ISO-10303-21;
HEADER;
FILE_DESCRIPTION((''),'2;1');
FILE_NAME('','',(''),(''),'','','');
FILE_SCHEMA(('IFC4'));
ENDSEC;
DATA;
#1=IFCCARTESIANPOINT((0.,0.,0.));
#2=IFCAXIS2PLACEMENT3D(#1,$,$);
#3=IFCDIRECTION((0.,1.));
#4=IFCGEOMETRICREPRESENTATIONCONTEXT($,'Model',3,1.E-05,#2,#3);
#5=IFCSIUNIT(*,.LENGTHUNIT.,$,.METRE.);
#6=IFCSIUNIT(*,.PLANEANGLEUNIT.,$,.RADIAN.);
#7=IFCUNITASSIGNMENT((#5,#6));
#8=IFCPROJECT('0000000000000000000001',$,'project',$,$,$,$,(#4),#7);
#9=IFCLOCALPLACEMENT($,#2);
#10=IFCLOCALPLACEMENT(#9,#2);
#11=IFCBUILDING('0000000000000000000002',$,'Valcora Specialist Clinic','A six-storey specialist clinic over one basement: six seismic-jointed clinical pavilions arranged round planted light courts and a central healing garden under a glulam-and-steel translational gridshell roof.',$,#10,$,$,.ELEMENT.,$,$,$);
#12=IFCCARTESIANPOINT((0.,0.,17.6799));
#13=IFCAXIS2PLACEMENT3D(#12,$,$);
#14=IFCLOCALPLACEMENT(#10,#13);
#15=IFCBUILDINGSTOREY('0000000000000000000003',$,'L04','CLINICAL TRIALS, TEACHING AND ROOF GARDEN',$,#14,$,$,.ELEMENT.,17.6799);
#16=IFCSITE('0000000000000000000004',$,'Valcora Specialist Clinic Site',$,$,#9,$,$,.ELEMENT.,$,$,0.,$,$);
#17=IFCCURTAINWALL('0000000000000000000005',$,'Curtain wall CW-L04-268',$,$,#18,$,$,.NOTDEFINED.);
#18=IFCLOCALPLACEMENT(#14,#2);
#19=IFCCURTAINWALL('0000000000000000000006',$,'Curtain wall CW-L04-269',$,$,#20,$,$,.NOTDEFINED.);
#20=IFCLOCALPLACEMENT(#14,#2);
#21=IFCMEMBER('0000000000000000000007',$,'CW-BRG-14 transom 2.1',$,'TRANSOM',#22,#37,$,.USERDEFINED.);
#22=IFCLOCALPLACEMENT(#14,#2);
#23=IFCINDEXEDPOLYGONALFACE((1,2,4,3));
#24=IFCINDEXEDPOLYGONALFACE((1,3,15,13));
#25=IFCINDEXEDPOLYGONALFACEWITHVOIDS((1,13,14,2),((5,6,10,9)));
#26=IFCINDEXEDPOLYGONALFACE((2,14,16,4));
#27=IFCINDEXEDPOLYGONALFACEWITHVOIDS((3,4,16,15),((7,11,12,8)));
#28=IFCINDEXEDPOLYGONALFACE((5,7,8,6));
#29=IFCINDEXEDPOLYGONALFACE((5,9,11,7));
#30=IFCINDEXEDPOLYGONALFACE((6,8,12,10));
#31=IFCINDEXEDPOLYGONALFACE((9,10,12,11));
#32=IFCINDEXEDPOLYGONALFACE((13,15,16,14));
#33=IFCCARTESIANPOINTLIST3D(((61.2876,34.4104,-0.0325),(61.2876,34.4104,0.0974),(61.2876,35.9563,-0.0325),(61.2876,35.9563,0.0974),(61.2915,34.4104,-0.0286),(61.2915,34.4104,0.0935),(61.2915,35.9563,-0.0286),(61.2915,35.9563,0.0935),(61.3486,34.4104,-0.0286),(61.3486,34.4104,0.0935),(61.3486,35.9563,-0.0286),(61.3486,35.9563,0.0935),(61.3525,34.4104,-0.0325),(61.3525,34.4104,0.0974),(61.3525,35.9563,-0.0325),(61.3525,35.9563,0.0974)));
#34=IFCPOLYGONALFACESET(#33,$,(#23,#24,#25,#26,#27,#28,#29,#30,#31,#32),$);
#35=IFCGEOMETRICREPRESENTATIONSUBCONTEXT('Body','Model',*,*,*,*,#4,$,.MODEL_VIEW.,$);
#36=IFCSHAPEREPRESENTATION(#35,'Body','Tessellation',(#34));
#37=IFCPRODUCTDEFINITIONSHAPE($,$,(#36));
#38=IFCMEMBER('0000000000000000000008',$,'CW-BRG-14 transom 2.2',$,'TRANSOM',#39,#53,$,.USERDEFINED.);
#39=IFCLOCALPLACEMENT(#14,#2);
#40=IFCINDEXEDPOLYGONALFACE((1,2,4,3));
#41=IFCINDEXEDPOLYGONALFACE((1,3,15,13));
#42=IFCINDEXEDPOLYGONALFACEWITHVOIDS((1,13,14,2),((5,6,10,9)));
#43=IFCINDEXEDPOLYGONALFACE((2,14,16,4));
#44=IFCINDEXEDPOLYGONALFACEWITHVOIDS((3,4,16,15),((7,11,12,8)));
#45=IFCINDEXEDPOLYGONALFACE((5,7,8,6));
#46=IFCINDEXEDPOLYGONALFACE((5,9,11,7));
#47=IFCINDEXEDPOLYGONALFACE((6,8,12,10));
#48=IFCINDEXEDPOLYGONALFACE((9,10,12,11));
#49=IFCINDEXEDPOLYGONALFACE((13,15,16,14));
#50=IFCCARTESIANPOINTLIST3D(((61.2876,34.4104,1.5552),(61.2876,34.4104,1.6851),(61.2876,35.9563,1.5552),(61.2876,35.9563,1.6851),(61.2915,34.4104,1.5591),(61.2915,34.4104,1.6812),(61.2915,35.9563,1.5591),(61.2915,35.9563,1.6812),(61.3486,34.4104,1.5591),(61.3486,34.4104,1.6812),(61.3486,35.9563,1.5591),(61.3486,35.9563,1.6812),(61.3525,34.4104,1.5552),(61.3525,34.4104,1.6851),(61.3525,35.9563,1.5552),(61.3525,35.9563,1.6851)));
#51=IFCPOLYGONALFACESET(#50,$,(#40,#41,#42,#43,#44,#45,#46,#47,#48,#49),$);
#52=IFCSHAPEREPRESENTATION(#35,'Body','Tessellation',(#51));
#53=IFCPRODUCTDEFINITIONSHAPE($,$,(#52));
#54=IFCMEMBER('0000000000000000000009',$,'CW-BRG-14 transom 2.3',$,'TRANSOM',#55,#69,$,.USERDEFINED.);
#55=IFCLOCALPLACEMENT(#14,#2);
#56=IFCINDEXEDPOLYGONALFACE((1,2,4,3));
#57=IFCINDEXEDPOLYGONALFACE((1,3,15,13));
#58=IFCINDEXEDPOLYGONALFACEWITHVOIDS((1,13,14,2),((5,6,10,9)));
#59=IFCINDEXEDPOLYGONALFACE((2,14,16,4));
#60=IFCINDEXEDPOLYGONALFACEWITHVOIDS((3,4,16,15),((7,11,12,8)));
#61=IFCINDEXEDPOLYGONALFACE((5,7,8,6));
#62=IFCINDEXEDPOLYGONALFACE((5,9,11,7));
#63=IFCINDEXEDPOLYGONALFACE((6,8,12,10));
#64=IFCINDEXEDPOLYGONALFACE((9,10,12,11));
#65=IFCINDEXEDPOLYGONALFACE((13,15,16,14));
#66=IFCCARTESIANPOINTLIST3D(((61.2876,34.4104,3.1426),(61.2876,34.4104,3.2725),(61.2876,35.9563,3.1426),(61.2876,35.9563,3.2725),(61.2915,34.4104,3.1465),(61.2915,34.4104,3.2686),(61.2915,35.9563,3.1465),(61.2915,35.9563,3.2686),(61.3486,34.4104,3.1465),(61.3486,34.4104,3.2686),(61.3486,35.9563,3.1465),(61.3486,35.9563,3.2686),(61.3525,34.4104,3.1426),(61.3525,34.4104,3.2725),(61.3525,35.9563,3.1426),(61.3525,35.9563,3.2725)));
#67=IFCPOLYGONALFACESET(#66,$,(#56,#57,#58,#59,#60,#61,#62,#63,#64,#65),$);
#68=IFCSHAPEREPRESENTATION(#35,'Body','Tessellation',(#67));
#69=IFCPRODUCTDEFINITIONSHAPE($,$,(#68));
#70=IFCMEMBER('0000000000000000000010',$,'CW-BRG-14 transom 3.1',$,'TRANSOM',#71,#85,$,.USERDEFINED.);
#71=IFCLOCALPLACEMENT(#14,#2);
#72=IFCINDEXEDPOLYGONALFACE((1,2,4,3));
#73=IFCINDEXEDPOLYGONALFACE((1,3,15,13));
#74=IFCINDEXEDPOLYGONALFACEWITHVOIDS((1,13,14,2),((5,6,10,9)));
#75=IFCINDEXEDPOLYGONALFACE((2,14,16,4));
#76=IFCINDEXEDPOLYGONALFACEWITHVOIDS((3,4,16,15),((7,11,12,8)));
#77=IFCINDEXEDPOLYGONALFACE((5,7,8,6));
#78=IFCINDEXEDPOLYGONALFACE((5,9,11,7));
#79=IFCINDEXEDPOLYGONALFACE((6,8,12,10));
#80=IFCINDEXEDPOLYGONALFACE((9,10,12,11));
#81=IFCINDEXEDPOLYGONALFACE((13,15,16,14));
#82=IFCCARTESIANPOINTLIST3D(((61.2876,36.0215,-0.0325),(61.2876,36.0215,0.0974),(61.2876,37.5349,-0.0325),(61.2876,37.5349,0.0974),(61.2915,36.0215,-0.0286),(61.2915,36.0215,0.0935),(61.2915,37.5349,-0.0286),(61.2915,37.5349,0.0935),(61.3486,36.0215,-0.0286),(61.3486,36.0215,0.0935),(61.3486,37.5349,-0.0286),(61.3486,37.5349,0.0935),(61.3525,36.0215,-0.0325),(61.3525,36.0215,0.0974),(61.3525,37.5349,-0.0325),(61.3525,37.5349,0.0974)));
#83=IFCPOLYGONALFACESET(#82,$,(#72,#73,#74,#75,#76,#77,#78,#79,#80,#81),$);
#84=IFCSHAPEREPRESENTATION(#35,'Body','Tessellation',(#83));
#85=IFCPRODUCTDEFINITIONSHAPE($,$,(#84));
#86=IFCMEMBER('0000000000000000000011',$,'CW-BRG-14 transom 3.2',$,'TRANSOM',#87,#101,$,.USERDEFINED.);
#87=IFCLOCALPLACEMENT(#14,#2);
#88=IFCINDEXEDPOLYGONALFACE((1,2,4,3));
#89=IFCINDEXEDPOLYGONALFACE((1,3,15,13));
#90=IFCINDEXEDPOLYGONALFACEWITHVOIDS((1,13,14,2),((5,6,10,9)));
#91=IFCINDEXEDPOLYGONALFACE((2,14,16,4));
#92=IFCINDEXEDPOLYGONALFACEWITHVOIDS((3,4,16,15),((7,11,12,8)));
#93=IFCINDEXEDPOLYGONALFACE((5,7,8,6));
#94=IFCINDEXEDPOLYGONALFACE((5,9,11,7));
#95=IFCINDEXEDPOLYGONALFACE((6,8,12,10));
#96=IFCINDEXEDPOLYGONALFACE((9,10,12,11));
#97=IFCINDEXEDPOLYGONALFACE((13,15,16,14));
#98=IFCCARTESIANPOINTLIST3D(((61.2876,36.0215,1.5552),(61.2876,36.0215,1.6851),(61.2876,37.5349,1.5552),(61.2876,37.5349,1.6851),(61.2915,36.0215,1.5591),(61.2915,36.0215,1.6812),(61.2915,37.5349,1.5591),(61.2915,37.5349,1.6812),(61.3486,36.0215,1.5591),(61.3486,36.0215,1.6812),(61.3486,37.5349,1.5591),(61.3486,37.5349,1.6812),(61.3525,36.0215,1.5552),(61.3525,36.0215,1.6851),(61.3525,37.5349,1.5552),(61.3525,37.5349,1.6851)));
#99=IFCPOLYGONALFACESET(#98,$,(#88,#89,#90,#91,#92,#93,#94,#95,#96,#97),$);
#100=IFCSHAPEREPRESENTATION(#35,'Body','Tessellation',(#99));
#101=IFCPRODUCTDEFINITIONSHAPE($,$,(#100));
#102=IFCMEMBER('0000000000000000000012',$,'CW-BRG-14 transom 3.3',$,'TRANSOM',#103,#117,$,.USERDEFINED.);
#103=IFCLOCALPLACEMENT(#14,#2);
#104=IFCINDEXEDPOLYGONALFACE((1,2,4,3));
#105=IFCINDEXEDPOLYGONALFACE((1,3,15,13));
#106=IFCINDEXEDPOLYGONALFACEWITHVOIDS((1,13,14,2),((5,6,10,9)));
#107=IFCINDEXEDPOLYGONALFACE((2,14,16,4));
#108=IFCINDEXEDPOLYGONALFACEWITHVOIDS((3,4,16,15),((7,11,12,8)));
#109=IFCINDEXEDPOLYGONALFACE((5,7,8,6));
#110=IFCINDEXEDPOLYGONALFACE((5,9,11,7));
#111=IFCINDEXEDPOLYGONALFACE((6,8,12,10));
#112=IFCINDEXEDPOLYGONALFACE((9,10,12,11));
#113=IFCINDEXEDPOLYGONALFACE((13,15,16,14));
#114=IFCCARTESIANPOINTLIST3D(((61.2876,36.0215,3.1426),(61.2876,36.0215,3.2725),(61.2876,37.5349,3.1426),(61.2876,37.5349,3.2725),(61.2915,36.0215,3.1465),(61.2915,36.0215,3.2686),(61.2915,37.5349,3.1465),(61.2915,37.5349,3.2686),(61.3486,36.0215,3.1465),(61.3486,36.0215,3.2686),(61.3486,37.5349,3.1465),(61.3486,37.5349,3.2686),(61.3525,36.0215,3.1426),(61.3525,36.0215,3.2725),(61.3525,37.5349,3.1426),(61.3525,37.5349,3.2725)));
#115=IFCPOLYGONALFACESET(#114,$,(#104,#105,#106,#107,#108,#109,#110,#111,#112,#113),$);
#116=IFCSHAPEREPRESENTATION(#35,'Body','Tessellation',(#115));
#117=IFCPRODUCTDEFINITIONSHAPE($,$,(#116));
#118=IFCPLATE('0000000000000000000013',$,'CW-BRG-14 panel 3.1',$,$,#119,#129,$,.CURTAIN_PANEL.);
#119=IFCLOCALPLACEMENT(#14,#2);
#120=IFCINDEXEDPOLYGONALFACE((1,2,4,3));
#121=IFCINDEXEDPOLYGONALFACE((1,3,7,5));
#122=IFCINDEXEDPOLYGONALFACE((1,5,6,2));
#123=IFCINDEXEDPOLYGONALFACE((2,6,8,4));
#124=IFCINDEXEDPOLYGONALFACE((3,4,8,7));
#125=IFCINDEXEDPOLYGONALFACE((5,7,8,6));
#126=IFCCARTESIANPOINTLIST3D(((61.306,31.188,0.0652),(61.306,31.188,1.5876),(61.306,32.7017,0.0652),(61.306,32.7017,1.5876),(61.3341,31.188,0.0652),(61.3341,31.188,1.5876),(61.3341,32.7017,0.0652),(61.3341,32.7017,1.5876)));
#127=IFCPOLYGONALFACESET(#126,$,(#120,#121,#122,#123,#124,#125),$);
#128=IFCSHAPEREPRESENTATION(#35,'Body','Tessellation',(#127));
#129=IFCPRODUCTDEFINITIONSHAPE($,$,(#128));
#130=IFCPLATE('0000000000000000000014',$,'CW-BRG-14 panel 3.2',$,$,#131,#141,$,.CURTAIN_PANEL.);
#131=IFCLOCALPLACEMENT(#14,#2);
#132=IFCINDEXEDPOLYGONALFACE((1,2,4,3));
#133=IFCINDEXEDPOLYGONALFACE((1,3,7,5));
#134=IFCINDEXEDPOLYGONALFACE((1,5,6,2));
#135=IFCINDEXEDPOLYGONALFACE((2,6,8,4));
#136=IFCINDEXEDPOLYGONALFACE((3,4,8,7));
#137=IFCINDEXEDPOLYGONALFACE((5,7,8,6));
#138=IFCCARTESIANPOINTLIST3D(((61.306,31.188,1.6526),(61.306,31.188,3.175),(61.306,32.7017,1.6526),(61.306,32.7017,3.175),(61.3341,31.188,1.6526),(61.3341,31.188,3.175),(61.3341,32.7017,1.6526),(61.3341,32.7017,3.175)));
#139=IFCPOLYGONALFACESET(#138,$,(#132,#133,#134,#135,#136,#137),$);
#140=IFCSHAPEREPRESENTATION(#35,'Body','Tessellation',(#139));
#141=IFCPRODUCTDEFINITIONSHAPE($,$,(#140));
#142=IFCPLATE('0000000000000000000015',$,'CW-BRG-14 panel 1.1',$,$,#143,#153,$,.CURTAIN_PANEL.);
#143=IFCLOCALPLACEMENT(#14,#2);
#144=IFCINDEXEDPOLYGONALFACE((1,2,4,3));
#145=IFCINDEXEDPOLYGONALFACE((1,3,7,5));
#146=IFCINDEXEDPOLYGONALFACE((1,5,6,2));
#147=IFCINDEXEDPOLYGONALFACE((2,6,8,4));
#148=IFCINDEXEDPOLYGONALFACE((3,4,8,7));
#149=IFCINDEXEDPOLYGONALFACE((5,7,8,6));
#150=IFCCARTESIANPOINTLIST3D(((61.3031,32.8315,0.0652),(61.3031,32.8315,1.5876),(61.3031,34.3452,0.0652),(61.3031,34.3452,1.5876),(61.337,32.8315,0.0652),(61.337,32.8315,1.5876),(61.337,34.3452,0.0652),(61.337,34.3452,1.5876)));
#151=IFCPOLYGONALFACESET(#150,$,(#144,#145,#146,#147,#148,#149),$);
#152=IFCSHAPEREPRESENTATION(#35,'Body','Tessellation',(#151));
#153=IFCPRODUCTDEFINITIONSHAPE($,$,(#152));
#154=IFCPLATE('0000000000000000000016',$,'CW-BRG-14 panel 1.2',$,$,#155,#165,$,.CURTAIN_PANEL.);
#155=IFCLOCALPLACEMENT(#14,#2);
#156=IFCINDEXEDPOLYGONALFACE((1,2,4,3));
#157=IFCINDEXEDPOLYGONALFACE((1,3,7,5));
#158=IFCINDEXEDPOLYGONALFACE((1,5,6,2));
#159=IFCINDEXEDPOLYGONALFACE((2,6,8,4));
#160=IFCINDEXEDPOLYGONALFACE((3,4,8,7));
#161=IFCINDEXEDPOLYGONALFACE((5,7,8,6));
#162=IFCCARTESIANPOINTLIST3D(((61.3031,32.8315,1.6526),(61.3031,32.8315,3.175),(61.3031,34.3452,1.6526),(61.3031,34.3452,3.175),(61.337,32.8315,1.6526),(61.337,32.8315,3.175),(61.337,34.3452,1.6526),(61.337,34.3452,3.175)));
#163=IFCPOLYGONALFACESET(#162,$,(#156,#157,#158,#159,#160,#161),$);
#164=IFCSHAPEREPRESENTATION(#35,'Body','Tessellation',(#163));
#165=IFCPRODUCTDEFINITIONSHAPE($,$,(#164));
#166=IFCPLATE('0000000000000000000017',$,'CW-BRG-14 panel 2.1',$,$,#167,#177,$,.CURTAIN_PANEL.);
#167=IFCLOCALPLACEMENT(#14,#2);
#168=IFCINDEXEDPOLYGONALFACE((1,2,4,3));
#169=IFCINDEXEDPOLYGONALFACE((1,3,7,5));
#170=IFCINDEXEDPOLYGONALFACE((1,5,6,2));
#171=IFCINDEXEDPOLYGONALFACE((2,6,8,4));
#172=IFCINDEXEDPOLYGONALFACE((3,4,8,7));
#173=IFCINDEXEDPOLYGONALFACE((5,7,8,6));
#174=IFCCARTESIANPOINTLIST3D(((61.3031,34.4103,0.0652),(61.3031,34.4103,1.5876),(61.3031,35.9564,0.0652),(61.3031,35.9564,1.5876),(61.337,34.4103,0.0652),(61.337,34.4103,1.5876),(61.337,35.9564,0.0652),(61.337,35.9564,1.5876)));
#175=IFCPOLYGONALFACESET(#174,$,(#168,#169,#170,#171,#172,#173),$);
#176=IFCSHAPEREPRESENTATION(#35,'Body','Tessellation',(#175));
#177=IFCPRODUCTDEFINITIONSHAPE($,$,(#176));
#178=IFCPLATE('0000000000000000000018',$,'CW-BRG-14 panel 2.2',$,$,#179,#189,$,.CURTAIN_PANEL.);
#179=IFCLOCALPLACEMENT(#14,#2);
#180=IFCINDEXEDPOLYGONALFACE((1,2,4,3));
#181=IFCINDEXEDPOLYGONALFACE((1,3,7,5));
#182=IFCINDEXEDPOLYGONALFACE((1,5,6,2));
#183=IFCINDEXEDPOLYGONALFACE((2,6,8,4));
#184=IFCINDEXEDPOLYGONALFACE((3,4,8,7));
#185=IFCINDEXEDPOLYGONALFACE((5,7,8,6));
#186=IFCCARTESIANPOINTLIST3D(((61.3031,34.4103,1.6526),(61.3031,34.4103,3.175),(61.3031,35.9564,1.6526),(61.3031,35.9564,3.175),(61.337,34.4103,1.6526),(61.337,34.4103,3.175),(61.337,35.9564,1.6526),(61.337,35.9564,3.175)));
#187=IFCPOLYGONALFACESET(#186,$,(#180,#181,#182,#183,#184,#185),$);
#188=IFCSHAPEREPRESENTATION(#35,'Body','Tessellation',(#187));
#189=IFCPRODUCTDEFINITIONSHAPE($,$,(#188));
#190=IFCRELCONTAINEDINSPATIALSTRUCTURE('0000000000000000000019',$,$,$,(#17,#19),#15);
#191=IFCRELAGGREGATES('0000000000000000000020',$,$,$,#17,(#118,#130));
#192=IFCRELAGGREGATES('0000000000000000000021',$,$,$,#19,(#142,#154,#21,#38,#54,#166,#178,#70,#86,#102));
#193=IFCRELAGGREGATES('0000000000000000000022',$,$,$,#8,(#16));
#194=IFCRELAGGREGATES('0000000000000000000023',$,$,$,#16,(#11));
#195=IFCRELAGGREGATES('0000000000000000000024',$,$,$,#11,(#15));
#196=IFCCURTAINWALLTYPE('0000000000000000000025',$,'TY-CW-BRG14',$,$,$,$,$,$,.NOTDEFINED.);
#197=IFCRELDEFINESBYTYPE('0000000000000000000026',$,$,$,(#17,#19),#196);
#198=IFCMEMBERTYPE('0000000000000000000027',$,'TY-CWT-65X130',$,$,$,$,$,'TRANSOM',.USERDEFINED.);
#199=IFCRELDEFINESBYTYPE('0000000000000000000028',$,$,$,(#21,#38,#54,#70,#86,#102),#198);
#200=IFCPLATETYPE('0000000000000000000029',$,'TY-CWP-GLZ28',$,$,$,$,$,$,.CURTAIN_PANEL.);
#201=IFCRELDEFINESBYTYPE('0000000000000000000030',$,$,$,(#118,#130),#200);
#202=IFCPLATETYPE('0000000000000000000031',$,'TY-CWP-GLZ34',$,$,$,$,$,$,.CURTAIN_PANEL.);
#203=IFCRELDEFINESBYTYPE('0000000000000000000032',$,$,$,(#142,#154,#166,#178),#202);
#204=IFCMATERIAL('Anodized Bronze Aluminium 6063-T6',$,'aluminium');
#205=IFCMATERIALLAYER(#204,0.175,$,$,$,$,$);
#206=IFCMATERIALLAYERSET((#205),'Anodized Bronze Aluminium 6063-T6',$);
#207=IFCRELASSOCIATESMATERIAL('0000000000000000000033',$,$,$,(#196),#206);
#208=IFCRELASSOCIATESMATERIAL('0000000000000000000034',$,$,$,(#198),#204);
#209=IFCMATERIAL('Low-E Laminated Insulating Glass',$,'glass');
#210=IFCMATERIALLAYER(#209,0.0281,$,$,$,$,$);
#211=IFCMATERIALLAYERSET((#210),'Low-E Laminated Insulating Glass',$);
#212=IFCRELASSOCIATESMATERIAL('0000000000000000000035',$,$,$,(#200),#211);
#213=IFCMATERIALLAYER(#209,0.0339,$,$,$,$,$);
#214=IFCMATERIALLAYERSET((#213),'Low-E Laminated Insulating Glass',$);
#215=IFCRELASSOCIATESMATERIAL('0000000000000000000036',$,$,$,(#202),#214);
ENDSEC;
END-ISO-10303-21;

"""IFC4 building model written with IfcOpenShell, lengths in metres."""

from ifc_helpers import new_model, si_unit, direction, frame, origin, origin_2d, place, context, subcontext, project, spatial, rectangle, hollow_rectangle, extrude, material, layer, layer_set, material_profile, profile_set, type_object, element, aggregate, save


model = new_model("IFC4")

# Units and contexts
model_context = context("Model", 3, precision=1e-05, world=origin(), true_north=direction((0.0, 1.0)))
body_context = subcontext(model_context, "Body", "Model", "MODEL_VIEW")
ifc_project = project(units=[si_unit("LENGTHUNIT", "METRE"), si_unit("PLANEANGLEUNIT", "RADIAN")], contexts=[model_context])

# Site, building, storey
site_placement = place(None, origin())
site = spatial("IfcSite", under=ifc_project, at=site_placement, Name="Valcora Specialist Clinic Site", CompositionType="ELEMENT", RefElevation=0.0)
building_placement = place(site_placement, origin())
building = spatial("IfcBuilding", under=site, at=building_placement, Name="Valcora Specialist Clinic", Description="A six-storey specialist clinic over one basement: six seismic-jointed clinical pavilions arranged round planted light courts and a central healing garden under a glulam-and-steel translational gridshell roof.", CompositionType="ELEMENT")
storey_placement = place(building_placement, frame((0.0, 0.0, 17.6799)))
storey = spatial("IfcBuildingStorey", under=building, at=storey_placement, Name="L04", Description="CLINICAL TRIALS, TEACHING AND ROOF GARDEN", CompositionType="ELEMENT", Elevation=17.6799)

# Curtain wall
ifc_material_1 = material(Name="Anodized Bronze Aluminium 6063-T6", Category="aluminium")
ifc_layer_1 = layer(ifc_material_1, 0.175)
ifc_layer_set_1 = layer_set([ifc_layer_1], Name="Anodized Bronze Aluminium 6063-T6")
curtain_wall_type = type_object("IfcCurtainWallType", Name="TY-CW-BRG14", PredefinedType="NOTDEFINED", material=ifc_layer_set_1)
curtain_wall_1_placement = place(storey_placement, origin())
curtain_wall_1 = element("IfcCurtainWall", 1, at=curtain_wall_1_placement, inside=storey, type_object=curtain_wall_type, Name="Curtain wall CW-L04-268", PredefinedType="NOTDEFINED")

# Curtain wall
curtain_wall_2_placement = place(storey_placement, origin())
curtain_wall_2 = element("IfcCurtainWall", 2, at=curtain_wall_2_placement, inside=storey, type_object=curtain_wall_type, Name="Curtain wall CW-L04-269", PredefinedType="NOTDEFINED")

# Members
ifc_material_profile_1 = material_profile(ifc_material_1, hollow_rectangle(XDim=0.0649, YDim=0.1299, WallThickness=0.0039, at=origin_2d()), Name="AL-TRN-65X130")
ifc_profile_set_1 = profile_set([ifc_material_profile_1], Name="Anodized Bronze Aluminium 6063-T6")
member_type_1 = type_object("IfcMemberType", Name="TY-CWT-65X130", ElementType="TRANSOM", PredefinedType="USERDEFINED", material=ifc_profile_set_1)
member_1_placement = place(storey_placement, frame((61.3201, 34.4104, 0.0325), z_axis=(0.0, 1.0, 0.0), x_axis=(-1.0, 0.0, 0.0)))
member_1 = element("IfcMember", 3, at=member_1_placement, type_object=member_type_1, Name="CW-BRG-14 transom 2.1", ObjectType="TRANSOM", PredefinedType="USERDEFINED", context=body_context, shape_type="SweptSolid", body=[
    extrude(hollow_rectangle(XDim=0.0649, YDim=0.1299, WallThickness=0.0039, at=origin_2d()), origin(), (0.0, 0.0, 1.0), 1.5459),
])
member_2_placement = place(storey_placement, frame((61.3201, 34.4104, 1.6201), z_axis=(0.0, 1.0, 0.0), x_axis=(-1.0, 0.0, 0.0)))
member_2 = element("IfcMember", 4, at=member_2_placement, type_object=member_type_1, Name="CW-BRG-14 transom 2.2", ObjectType="TRANSOM", PredefinedType="USERDEFINED", context=body_context, shape_type="SweptSolid", body=[
    extrude(hollow_rectangle(XDim=0.0649, YDim=0.1299, WallThickness=0.0039, at=origin_2d()), origin(), (0.0, 0.0, 1.0), 1.5459),
])
member_3_placement = place(storey_placement, frame((61.3201, 34.4104, 3.2075), z_axis=(0.0, 1.0, 0.0), x_axis=(-1.0, 0.0, 0.0)))
member_3 = element("IfcMember", 5, at=member_3_placement, type_object=member_type_1, Name="CW-BRG-14 transom 2.3", ObjectType="TRANSOM", PredefinedType="USERDEFINED", context=body_context, shape_type="SweptSolid", body=[
    extrude(hollow_rectangle(XDim=0.0649, YDim=0.1299, WallThickness=0.0039, at=origin_2d()), origin(), (0.0, 0.0, 1.0), 1.5459),
])
member_4_placement = place(storey_placement, frame((61.3201, 36.0215, 0.0325), z_axis=(0.0, 1.0, 0.0), x_axis=(-1.0, 0.0, 0.0)))
member_4 = element("IfcMember", 6, at=member_4_placement, type_object=member_type_1, Name="CW-BRG-14 transom 3.1", ObjectType="TRANSOM", PredefinedType="USERDEFINED", context=body_context, shape_type="SweptSolid", body=[
    extrude(hollow_rectangle(XDim=0.0649, YDim=0.1299, WallThickness=0.0039, at=origin_2d()), origin(), (0.0, 0.0, 1.0), 1.5134),
])
member_5_placement = place(storey_placement, frame((61.3201, 36.0215, 1.6201), z_axis=(0.0, 1.0, 0.0), x_axis=(-1.0, 0.0, 0.0)))
member_5 = element("IfcMember", 7, at=member_5_placement, type_object=member_type_1, Name="CW-BRG-14 transom 3.2", ObjectType="TRANSOM", PredefinedType="USERDEFINED", context=body_context, shape_type="SweptSolid", body=[
    extrude(hollow_rectangle(XDim=0.0649, YDim=0.1299, WallThickness=0.0039, at=origin_2d()), origin(), (0.0, 0.0, 1.0), 1.5134),
])
member_6_placement = place(storey_placement, frame((61.3201, 36.0215, 3.2075), z_axis=(0.0, 1.0, 0.0), x_axis=(-1.0, 0.0, 0.0)))
member_6 = element("IfcMember", 8, at=member_6_placement, type_object=member_type_1, Name="CW-BRG-14 transom 3.3", ObjectType="TRANSOM", PredefinedType="USERDEFINED", context=body_context, shape_type="SweptSolid", body=[
    extrude(hollow_rectangle(XDim=0.0649, YDim=0.1299, WallThickness=0.0039, at=origin_2d()), origin(), (0.0, 0.0, 1.0), 1.5134),
])

# Plates
ifc_material_2 = material(Name="Low-E Laminated Insulating Glass", Category="glass")
ifc_layer_2 = layer(ifc_material_2, 0.0281)
ifc_layer_set_2 = layer_set([ifc_layer_2], Name="Low-E Laminated Insulating Glass")
plate_type_1 = type_object("IfcPlateType", Name="TY-CWP-GLZ28", PredefinedType="CURTAIN_PANEL", material=ifc_layer_set_2)
plate_1_placement = place(storey_placement, frame((61.3201, 31.9448, 0.0652), z_axis=(0.0, 0.0, 1.0), x_axis=(0.0, 1.0, 0.0)))
plate_1 = element("IfcPlate", 9, at=plate_1_placement, type_object=plate_type_1, Name="CW-BRG-14 panel 3.1", PredefinedType="CURTAIN_PANEL", context=body_context, shape_type="SweptSolid", body=[
    extrude(rectangle(XDim=1.5137, YDim=0.0281, at=origin_2d()), origin(), (0.0, 0.0, 1.0), 1.5225),
])
plate_2_placement = place(storey_placement, frame((61.3201, 31.9448, 1.6526), z_axis=(0.0, 0.0, 1.0), x_axis=(0.0, 1.0, 0.0)))
plate_2 = element("IfcPlate", 10, at=plate_2_placement, type_object=plate_type_1, Name="CW-BRG-14 panel 3.2", PredefinedType="CURTAIN_PANEL", context=body_context, shape_type="SweptSolid", body=[
    extrude(rectangle(XDim=1.5137, YDim=0.0281, at=origin_2d()), origin(), (0.0, 0.0, 1.0), 1.5225),
])
aggregate(curtain_wall_1, [plate_1, plate_2])
ifc_layer_3 = layer(ifc_material_2, 0.0339)
ifc_layer_set_3 = layer_set([ifc_layer_3], Name="Low-E Laminated Insulating Glass")
plate_type_2 = type_object("IfcPlateType", Name="TY-CWP-GLZ34", PredefinedType="CURTAIN_PANEL", material=ifc_layer_set_3)
plate_3_placement = place(storey_placement, frame((61.3201, 33.5884, 0.0652), z_axis=(0.0, 0.0, 1.0), x_axis=(0.0, 1.0, 0.0)))
plate_3 = element("IfcPlate", 11, at=plate_3_placement, type_object=plate_type_2, Name="CW-BRG-14 panel 1.1", PredefinedType="CURTAIN_PANEL", context=body_context, shape_type="SweptSolid", body=[
    extrude(rectangle(XDim=1.5137, YDim=0.0339, at=origin_2d()), origin(), (0.0, 0.0, 1.0), 1.5225),
])
plate_4_placement = place(storey_placement, frame((61.3201, 33.5884, 1.6526), z_axis=(0.0, 0.0, 1.0), x_axis=(0.0, 1.0, 0.0)))
plate_4 = element("IfcPlate", 12, at=plate_4_placement, type_object=plate_type_2, Name="CW-BRG-14 panel 1.2", PredefinedType="CURTAIN_PANEL", context=body_context, shape_type="SweptSolid", body=[
    extrude(rectangle(XDim=1.5137, YDim=0.0339, at=origin_2d()), origin(), (0.0, 0.0, 1.0), 1.5225),
])
plate_5_placement = place(storey_placement, frame((61.3201, 35.1833, 0.0652), z_axis=(0.0, 0.0, 1.0), x_axis=(0.0, 1.0, 0.0)))
plate_5 = element("IfcPlate", 13, at=plate_5_placement, type_object=plate_type_2, Name="CW-BRG-14 panel 2.1", PredefinedType="CURTAIN_PANEL", context=body_context, shape_type="SweptSolid", body=[
    extrude(rectangle(XDim=1.5461, YDim=0.0339, at=origin_2d()), origin(), (0.0, 0.0, 1.0), 1.5225),
])
plate_6_placement = place(storey_placement, frame((61.3201, 35.1833, 1.6526), z_axis=(0.0, 0.0, 1.0), x_axis=(0.0, 1.0, 0.0)))
plate_6 = element("IfcPlate", 14, at=plate_6_placement, type_object=plate_type_2, Name="CW-BRG-14 panel 2.2", PredefinedType="CURTAIN_PANEL", context=body_context, shape_type="SweptSolid", body=[
    extrude(rectangle(XDim=1.5461, YDim=0.0339, at=origin_2d()), origin(), (0.0, 0.0, 1.0), 1.5225),
])
aggregate(curtain_wall_2, [plate_3, plate_4, member_1, member_2, member_3, plate_5, plate_6, member_4, member_5, member_6])

save(model, "model.ifc")
